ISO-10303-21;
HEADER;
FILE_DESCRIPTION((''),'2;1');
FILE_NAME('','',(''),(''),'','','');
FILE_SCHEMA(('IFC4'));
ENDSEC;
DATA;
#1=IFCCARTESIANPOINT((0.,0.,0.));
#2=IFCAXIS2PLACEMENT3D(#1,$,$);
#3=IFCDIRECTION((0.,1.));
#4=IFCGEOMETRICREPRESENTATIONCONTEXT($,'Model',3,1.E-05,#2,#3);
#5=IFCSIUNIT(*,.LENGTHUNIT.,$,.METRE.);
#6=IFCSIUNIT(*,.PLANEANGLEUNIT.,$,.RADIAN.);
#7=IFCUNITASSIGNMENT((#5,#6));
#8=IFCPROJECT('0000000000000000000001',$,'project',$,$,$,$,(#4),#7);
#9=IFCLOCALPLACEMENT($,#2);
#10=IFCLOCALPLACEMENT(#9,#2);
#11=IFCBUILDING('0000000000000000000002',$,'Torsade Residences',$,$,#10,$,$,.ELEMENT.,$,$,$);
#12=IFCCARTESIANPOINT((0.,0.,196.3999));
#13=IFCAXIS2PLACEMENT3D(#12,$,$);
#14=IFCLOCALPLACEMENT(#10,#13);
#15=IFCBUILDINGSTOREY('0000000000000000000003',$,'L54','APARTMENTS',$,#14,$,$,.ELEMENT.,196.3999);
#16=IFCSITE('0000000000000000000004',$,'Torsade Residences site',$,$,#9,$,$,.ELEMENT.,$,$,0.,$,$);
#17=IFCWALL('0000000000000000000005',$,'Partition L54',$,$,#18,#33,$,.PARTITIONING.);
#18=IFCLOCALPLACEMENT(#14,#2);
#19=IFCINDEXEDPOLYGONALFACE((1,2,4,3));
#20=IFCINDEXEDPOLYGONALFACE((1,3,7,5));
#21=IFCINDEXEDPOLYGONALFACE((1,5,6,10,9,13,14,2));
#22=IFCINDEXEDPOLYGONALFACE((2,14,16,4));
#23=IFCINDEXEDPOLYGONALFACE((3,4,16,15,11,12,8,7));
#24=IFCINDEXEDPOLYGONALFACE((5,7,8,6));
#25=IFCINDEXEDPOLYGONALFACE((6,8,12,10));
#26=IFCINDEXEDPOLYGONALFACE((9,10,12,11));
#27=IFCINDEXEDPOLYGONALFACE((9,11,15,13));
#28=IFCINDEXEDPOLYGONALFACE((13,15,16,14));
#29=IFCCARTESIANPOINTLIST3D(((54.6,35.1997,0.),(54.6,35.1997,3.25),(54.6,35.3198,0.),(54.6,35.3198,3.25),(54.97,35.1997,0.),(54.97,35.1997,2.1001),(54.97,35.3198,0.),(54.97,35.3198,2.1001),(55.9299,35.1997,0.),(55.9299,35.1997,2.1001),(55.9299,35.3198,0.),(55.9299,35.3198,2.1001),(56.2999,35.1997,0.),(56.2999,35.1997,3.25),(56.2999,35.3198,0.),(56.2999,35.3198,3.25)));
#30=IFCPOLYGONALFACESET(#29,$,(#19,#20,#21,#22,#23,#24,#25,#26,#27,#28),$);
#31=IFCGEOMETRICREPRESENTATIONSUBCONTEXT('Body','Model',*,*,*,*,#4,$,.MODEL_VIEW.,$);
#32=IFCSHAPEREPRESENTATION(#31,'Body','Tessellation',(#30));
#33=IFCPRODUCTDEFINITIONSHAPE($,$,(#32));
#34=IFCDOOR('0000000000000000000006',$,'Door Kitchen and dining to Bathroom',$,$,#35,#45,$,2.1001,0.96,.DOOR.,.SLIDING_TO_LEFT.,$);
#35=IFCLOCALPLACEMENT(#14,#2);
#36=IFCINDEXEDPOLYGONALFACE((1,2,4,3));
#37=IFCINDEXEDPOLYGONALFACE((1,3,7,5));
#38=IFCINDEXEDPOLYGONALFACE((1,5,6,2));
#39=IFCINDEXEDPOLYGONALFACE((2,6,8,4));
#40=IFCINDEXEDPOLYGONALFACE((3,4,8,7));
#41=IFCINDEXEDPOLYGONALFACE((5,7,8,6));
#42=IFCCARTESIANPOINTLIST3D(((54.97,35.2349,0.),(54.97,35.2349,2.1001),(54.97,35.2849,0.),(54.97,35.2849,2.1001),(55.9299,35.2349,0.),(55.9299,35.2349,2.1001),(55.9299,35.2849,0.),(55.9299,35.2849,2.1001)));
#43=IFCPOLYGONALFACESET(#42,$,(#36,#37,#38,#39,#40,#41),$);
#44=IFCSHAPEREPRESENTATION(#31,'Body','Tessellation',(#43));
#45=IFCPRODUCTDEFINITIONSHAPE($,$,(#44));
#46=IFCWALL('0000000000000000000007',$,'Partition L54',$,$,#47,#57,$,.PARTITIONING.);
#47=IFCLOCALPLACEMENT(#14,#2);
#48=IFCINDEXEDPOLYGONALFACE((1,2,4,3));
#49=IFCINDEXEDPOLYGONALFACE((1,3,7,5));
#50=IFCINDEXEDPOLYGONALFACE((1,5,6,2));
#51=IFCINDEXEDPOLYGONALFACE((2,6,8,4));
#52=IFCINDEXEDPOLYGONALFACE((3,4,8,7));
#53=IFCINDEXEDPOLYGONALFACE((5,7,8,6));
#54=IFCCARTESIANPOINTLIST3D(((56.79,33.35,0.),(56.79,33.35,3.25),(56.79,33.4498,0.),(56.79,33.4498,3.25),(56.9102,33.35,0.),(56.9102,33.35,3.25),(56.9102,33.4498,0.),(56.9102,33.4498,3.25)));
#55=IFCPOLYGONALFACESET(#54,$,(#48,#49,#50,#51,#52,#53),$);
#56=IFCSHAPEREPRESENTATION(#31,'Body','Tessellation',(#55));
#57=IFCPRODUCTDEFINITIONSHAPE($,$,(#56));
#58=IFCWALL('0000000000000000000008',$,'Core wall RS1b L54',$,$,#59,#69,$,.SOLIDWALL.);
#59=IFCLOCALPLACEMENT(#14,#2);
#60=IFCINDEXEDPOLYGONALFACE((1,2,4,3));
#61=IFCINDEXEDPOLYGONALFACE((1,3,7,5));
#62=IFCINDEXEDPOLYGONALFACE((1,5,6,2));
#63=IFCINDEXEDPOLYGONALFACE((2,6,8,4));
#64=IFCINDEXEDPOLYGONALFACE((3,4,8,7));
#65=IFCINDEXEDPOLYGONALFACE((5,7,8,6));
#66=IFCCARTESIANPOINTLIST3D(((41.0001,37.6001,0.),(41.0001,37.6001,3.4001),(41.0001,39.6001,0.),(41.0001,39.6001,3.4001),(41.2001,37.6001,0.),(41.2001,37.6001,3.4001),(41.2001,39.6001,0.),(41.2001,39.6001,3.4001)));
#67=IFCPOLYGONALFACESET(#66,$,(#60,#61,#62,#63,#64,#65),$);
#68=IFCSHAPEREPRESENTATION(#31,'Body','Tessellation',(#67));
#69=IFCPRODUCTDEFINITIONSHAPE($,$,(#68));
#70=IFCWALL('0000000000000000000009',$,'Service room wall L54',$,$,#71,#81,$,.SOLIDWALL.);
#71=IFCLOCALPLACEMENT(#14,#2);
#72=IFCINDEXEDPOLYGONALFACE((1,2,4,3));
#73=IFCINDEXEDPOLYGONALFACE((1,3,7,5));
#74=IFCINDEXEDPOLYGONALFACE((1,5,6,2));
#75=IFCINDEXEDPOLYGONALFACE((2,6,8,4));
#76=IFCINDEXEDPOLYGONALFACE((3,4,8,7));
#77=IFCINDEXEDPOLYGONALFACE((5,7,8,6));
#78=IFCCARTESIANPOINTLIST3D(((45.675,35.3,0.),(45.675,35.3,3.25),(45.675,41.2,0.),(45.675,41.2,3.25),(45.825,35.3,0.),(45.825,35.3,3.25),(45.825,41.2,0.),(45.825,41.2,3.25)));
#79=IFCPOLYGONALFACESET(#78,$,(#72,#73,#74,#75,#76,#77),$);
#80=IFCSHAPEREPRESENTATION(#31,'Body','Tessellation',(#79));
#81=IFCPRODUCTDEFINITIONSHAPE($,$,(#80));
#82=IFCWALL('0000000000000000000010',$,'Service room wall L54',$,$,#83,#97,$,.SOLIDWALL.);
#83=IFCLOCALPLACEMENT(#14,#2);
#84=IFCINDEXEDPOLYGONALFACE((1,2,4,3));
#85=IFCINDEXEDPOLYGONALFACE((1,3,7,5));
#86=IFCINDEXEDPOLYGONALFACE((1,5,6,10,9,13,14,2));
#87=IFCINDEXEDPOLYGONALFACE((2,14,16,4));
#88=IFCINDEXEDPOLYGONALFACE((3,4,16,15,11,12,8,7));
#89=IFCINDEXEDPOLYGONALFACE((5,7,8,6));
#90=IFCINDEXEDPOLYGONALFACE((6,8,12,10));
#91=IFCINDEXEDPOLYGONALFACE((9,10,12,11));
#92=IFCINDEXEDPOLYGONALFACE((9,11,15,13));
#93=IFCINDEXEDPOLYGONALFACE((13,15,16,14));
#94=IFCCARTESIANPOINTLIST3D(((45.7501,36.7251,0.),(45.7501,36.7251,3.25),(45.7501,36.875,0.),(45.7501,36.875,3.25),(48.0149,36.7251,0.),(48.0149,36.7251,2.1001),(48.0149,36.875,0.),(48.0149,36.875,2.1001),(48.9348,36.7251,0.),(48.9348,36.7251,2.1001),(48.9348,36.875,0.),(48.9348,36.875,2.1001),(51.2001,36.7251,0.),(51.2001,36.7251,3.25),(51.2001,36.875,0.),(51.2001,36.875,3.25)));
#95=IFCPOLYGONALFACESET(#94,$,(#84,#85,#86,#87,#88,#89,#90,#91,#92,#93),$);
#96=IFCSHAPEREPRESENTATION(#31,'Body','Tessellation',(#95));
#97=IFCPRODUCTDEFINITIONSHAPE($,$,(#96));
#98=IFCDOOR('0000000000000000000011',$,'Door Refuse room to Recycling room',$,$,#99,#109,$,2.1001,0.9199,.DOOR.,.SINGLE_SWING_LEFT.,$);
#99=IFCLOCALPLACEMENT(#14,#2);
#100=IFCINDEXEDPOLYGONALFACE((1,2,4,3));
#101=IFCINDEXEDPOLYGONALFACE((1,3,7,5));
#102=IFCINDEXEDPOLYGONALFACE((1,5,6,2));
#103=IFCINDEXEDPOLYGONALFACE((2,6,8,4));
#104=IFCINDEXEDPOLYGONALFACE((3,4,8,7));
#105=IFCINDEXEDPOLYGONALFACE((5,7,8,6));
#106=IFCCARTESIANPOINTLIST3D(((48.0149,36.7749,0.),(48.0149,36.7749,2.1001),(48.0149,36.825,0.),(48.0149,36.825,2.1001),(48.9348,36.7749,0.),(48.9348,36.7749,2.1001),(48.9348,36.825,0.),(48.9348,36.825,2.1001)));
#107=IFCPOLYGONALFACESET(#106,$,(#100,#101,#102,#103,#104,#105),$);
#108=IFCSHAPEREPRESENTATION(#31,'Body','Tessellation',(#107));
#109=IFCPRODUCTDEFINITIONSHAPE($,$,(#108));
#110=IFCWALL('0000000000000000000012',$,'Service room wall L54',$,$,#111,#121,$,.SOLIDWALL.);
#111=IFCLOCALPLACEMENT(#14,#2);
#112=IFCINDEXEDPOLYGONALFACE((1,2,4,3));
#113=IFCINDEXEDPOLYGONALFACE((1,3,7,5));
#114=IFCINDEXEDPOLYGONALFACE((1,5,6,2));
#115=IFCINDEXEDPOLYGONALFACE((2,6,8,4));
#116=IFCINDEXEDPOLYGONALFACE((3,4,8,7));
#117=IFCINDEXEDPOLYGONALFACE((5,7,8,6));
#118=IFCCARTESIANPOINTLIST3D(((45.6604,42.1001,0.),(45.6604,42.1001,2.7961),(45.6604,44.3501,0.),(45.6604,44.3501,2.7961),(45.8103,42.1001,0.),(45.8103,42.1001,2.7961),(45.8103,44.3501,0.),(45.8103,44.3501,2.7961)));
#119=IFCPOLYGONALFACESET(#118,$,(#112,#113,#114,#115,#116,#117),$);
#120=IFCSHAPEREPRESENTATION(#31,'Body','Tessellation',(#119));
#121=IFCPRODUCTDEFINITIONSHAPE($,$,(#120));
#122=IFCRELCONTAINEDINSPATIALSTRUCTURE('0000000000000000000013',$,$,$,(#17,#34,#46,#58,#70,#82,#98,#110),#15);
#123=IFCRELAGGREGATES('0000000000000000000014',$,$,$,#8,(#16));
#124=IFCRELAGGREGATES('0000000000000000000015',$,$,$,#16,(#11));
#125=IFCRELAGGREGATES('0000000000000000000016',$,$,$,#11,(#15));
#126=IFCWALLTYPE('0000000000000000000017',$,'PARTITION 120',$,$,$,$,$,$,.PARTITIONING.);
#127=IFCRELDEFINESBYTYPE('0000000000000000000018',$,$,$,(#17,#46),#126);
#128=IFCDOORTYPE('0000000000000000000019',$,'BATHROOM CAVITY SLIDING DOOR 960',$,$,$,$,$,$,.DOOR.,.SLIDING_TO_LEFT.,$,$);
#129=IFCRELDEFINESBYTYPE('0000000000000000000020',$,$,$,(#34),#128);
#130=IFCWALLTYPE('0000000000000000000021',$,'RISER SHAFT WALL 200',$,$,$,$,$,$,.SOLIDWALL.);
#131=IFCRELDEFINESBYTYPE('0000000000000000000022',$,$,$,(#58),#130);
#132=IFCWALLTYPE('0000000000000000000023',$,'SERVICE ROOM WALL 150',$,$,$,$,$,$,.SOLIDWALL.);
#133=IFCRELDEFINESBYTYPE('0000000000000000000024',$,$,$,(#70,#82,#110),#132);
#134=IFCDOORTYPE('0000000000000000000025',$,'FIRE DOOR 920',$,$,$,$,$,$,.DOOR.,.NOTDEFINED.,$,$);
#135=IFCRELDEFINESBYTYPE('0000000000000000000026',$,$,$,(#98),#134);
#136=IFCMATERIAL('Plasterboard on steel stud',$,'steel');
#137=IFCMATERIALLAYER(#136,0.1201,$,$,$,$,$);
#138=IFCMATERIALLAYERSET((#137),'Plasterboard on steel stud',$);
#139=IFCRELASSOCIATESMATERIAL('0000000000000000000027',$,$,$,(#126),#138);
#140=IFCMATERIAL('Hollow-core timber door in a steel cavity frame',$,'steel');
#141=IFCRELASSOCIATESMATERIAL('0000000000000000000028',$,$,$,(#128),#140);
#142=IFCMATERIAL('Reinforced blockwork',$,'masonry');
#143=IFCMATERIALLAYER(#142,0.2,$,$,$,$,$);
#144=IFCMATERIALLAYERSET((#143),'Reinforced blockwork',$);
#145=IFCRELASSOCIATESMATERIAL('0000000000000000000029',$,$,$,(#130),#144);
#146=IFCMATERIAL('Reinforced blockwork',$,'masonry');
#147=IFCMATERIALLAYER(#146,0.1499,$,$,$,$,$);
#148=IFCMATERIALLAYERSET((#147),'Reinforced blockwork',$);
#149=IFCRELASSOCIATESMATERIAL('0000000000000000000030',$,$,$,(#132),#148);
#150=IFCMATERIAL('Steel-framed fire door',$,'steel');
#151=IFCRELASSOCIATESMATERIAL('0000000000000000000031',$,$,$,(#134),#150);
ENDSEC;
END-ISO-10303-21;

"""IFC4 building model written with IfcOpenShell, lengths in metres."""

from ifc_helpers import new_model, si_unit, direction, frame, frame_2d, origin, place, context, subcontext, project, spatial, rectangle, extrude, material, layer, layer_set, type_object, element, fill, save


model = new_model("IFC4")

# Units and contexts
model_context = context("Model", 3, precision=1e-05, world=origin(), true_north=direction((0.0, 1.0)))
body_context = subcontext(model_context, "Body", "Model", "MODEL_VIEW")
ifc_project = project(units=[si_unit("LENGTHUNIT", "METRE"), si_unit("PLANEANGLEUNIT", "RADIAN")], contexts=[model_context])

# Site, building, storey
site_placement = place(None, origin())
site = spatial("IfcSite", under=ifc_project, at=site_placement, Name="Torsade Residences site", CompositionType="ELEMENT", RefElevation=0.0)
building_placement = place(site_placement, origin())
building = spatial("IfcBuilding", under=site, at=building_placement, Name="Torsade Residences", CompositionType="ELEMENT")
storey_placement = place(building_placement, frame((0.0, 0.0, 196.3999)))
storey = spatial("IfcBuildingStorey", under=building, at=storey_placement, Name="L54", Description="APARTMENTS", CompositionType="ELEMENT", Elevation=196.3999)

# Shared definitions
ifc_material_1 = material(Name="Plasterboard on steel stud", Category="steel")
ifc_layer_1 = layer(ifc_material_1, 0.1201)
ifc_layer_set_1 = layer_set([ifc_layer_1], Name="Plasterboard on steel stud")
wall_type_1 = type_object("IfcWallType", Name="PARTITION 120", PredefinedType="PARTITIONING", material=ifc_layer_set_1)
ifc_material_2 = material(Name="Hollow-core timber door in a steel cavity frame", Category="steel")
door_type_1 = type_object("IfcDoorType", Name="BATHROOM CAVITY SLIDING DOOR 960", OperationType="SLIDING_TO_LEFT", PredefinedType="DOOR", material=ifc_material_2)

# Wall, opening, door
wall_1_placement = place(storey_placement, frame((56.3, 35.2598, 0.0), z_axis=(0.0, 0.0, 1.0), x_axis=(-1.0, 0.0, 0.0)))
wall_1 = element("IfcWall", 1, at=wall_1_placement, inside=storey, type_object=wall_type_1, Name="Partition L54", PredefinedType="PARTITIONING", context=body_context, shape_type="SweptSolid", body=[
    extrude(rectangle(XDim=1.7, YDim=0.1201, at=frame_2d((0.8501, 0.0))), origin(), (0.0, 0.0, 1.0), 3.25),
])
opening_1_placement = place(wall_1_placement, frame((0.3701, 0.0, 0.0)))
opening_1 = element("IfcOpeningElement", 2, at=opening_1_placement, cuts=wall_1, PredefinedType="OPENING", context=body_context, shape_type="SweptSolid", body=[
    extrude(rectangle(XDim=0.96, YDim=2.1001, at=frame_2d((0.48, 1.05))), frame((0.0, 0.0701, 0.0), z_axis=(0.0, -1.0, 0.0), x_axis=(1.0, 0.0, 0.0)), (0.0, 0.0, 1.0), 0.1401),
])
door_1_placement = place(opening_1_placement, origin())
door_1 = element("IfcDoor", 3, at=door_1_placement, inside=storey, type_object=door_type_1, Name="Door Kitchen and dining to Bathroom", OperationType="SLIDING_TO_LEFT", OverallHeight=2.1001, OverallWidth=0.96, PredefinedType="DOOR", context=body_context, shape_type="SweptSolid", body=[
    extrude(rectangle(XDim=0.96, YDim=2.1001, at=frame_2d((0.48, 1.05))), frame((0.0, 0.0249, 0.0), z_axis=(0.0, -1.0, 0.0), x_axis=(1.0, 0.0, 0.0)), (0.0, 0.0, 1.0), 0.05),
])
fill(opening_1, door_1)

# Walls
wall_2_placement = place(storey_placement, frame((56.8501, 33.3501, 0.0), z_axis=(0.0, 0.0, 1.0), x_axis=(0.0, 1.0, 0.0)))
element("IfcWall", 4, at=wall_2_placement, inside=storey, type_object=wall_type_1, Name="Partition L54", PredefinedType="PARTITIONING", context=body_context, shape_type="SweptSolid", body=[
    extrude(rectangle(XDim=0.0999, YDim=0.1201, at=frame_2d((0.0498, 0.0))), origin(), (0.0, 0.0, 1.0), 3.25),
])
ifc_material_3 = material(Name="Reinforced blockwork", Category="masonry")
ifc_layer_2 = layer(ifc_material_3, 0.2)
ifc_layer_set_2 = layer_set([ifc_layer_2], Name="Reinforced blockwork")
wall_type_2 = type_object("IfcWallType", Name="RISER SHAFT WALL 200", PredefinedType="SOLIDWALL", material=ifc_layer_set_2)
wall_3_placement = place(storey_placement, frame((41.1001, 37.6001, 0.0), z_axis=(0.0, 0.0, 1.0), x_axis=(0.0, 1.0, 0.0)))
element("IfcWall", 5, at=wall_3_placement, inside=storey, type_object=wall_type_2, Name="Core wall RS1b L54", PredefinedType="SOLIDWALL", context=body_context, shape_type="SweptSolid", body=[
    extrude(rectangle(XDim=2.0, YDim=0.2, at=frame_2d((1.0, 0.0))), origin(), (0.0, 0.0, 1.0), 3.4001),
])
ifc_material_4 = material(Name="Reinforced blockwork", Category="masonry")
ifc_layer_3 = layer(ifc_material_4, 0.1499)
ifc_layer_set_3 = layer_set([ifc_layer_3], Name="Reinforced blockwork")
wall_type_3 = type_object("IfcWallType", Name="SERVICE ROOM WALL 150", PredefinedType="SOLIDWALL", material=ifc_layer_set_3)
wall_4_placement = place(storey_placement, frame((45.75, 41.2, 0.0), z_axis=(0.0, 0.0, 1.0), x_axis=(0.0, -1.0, 0.0)))
element("IfcWall", 6, at=wall_4_placement, inside=storey, type_object=wall_type_3, Name="Service room wall L54", PredefinedType="SOLIDWALL", context=body_context, shape_type="SweptSolid", body=[
    extrude(rectangle(XDim=5.8999, YDim=0.1499, at=frame_2d((2.95, 0.0))), origin(), (0.0, 0.0, 1.0), 3.25),
])

# Wall, opening, door
wall_5_placement = place(storey_placement, frame((45.75, 36.8, 0.0), z_axis=(0.0, 0.0, 1.0), x_axis=(1.0, 0.0, 0.0)))
wall_5 = element("IfcWall", 7, at=wall_5_placement, inside=storey, type_object=wall_type_3, Name="Service room wall L54", PredefinedType="SOLIDWALL", context=body_context, shape_type="SweptSolid", body=[
    extrude(rectangle(XDim=5.45, YDim=0.1499, at=frame_2d((2.7251, 0.0))), origin(), (0.0, 0.0, 1.0), 3.25),
])
opening_2_placement = place(wall_5_placement, frame((2.2649, 0.0, 0.0)))
opening_2 = element("IfcOpeningElement", 8, at=opening_2_placement, cuts=wall_5, PredefinedType="OPENING", context=body_context, shape_type="SweptSolid", body=[
    extrude(rectangle(XDim=0.9199, YDim=2.1001, at=frame_2d((0.46, 1.05))), frame((0.0, 0.085, 0.0), z_axis=(0.0, -1.0, 0.0), x_axis=(1.0, 0.0, 0.0)), (0.0, 0.0, 1.0), 0.1699),
])
ifc_material_5 = material(Name="Steel-framed fire door", Category="steel")
door_type_2 = type_object("IfcDoorType", Name="FIRE DOOR 920", OperationType="NOTDEFINED", PredefinedType="DOOR", material=ifc_material_5)
door_2_placement = place(opening_2_placement, origin())
door_2 = element("IfcDoor", 9, at=door_2_placement, inside=storey, type_object=door_type_2, Name="Door Refuse room to Recycling room", OperationType="SINGLE_SWING_LEFT", OverallHeight=2.1001, OverallWidth=0.9199, PredefinedType="DOOR", context=body_context, shape_type="SweptSolid", body=[
    extrude(rectangle(XDim=0.9199, YDim=2.1001, at=frame_2d((0.46, 1.05))), frame((0.0, 0.0249, 0.0), z_axis=(0.0, -1.0, 0.0), x_axis=(1.0, 0.0, 0.0)), (0.0, 0.0, 1.0), 0.05),
])
fill(opening_2, door_2)

# Wall
wall_6_placement = place(storey_placement, frame((45.7354, 42.1001, 0.0), z_axis=(0.0, 0.0, 1.0), x_axis=(0.0, 1.0, 0.0)))
element("IfcWall", 10, at=wall_6_placement, inside=storey, type_object=wall_type_3, Name="Service room wall L54", PredefinedType="SOLIDWALL", context=body_context, shape_type="SweptSolid", body=[
    extrude(rectangle(XDim=2.25, YDim=0.1499, at=frame_2d((1.125, 0.0))), origin(), (0.0, 0.0, 1.0), 2.7961),
])

save(model, "model.ifc")
